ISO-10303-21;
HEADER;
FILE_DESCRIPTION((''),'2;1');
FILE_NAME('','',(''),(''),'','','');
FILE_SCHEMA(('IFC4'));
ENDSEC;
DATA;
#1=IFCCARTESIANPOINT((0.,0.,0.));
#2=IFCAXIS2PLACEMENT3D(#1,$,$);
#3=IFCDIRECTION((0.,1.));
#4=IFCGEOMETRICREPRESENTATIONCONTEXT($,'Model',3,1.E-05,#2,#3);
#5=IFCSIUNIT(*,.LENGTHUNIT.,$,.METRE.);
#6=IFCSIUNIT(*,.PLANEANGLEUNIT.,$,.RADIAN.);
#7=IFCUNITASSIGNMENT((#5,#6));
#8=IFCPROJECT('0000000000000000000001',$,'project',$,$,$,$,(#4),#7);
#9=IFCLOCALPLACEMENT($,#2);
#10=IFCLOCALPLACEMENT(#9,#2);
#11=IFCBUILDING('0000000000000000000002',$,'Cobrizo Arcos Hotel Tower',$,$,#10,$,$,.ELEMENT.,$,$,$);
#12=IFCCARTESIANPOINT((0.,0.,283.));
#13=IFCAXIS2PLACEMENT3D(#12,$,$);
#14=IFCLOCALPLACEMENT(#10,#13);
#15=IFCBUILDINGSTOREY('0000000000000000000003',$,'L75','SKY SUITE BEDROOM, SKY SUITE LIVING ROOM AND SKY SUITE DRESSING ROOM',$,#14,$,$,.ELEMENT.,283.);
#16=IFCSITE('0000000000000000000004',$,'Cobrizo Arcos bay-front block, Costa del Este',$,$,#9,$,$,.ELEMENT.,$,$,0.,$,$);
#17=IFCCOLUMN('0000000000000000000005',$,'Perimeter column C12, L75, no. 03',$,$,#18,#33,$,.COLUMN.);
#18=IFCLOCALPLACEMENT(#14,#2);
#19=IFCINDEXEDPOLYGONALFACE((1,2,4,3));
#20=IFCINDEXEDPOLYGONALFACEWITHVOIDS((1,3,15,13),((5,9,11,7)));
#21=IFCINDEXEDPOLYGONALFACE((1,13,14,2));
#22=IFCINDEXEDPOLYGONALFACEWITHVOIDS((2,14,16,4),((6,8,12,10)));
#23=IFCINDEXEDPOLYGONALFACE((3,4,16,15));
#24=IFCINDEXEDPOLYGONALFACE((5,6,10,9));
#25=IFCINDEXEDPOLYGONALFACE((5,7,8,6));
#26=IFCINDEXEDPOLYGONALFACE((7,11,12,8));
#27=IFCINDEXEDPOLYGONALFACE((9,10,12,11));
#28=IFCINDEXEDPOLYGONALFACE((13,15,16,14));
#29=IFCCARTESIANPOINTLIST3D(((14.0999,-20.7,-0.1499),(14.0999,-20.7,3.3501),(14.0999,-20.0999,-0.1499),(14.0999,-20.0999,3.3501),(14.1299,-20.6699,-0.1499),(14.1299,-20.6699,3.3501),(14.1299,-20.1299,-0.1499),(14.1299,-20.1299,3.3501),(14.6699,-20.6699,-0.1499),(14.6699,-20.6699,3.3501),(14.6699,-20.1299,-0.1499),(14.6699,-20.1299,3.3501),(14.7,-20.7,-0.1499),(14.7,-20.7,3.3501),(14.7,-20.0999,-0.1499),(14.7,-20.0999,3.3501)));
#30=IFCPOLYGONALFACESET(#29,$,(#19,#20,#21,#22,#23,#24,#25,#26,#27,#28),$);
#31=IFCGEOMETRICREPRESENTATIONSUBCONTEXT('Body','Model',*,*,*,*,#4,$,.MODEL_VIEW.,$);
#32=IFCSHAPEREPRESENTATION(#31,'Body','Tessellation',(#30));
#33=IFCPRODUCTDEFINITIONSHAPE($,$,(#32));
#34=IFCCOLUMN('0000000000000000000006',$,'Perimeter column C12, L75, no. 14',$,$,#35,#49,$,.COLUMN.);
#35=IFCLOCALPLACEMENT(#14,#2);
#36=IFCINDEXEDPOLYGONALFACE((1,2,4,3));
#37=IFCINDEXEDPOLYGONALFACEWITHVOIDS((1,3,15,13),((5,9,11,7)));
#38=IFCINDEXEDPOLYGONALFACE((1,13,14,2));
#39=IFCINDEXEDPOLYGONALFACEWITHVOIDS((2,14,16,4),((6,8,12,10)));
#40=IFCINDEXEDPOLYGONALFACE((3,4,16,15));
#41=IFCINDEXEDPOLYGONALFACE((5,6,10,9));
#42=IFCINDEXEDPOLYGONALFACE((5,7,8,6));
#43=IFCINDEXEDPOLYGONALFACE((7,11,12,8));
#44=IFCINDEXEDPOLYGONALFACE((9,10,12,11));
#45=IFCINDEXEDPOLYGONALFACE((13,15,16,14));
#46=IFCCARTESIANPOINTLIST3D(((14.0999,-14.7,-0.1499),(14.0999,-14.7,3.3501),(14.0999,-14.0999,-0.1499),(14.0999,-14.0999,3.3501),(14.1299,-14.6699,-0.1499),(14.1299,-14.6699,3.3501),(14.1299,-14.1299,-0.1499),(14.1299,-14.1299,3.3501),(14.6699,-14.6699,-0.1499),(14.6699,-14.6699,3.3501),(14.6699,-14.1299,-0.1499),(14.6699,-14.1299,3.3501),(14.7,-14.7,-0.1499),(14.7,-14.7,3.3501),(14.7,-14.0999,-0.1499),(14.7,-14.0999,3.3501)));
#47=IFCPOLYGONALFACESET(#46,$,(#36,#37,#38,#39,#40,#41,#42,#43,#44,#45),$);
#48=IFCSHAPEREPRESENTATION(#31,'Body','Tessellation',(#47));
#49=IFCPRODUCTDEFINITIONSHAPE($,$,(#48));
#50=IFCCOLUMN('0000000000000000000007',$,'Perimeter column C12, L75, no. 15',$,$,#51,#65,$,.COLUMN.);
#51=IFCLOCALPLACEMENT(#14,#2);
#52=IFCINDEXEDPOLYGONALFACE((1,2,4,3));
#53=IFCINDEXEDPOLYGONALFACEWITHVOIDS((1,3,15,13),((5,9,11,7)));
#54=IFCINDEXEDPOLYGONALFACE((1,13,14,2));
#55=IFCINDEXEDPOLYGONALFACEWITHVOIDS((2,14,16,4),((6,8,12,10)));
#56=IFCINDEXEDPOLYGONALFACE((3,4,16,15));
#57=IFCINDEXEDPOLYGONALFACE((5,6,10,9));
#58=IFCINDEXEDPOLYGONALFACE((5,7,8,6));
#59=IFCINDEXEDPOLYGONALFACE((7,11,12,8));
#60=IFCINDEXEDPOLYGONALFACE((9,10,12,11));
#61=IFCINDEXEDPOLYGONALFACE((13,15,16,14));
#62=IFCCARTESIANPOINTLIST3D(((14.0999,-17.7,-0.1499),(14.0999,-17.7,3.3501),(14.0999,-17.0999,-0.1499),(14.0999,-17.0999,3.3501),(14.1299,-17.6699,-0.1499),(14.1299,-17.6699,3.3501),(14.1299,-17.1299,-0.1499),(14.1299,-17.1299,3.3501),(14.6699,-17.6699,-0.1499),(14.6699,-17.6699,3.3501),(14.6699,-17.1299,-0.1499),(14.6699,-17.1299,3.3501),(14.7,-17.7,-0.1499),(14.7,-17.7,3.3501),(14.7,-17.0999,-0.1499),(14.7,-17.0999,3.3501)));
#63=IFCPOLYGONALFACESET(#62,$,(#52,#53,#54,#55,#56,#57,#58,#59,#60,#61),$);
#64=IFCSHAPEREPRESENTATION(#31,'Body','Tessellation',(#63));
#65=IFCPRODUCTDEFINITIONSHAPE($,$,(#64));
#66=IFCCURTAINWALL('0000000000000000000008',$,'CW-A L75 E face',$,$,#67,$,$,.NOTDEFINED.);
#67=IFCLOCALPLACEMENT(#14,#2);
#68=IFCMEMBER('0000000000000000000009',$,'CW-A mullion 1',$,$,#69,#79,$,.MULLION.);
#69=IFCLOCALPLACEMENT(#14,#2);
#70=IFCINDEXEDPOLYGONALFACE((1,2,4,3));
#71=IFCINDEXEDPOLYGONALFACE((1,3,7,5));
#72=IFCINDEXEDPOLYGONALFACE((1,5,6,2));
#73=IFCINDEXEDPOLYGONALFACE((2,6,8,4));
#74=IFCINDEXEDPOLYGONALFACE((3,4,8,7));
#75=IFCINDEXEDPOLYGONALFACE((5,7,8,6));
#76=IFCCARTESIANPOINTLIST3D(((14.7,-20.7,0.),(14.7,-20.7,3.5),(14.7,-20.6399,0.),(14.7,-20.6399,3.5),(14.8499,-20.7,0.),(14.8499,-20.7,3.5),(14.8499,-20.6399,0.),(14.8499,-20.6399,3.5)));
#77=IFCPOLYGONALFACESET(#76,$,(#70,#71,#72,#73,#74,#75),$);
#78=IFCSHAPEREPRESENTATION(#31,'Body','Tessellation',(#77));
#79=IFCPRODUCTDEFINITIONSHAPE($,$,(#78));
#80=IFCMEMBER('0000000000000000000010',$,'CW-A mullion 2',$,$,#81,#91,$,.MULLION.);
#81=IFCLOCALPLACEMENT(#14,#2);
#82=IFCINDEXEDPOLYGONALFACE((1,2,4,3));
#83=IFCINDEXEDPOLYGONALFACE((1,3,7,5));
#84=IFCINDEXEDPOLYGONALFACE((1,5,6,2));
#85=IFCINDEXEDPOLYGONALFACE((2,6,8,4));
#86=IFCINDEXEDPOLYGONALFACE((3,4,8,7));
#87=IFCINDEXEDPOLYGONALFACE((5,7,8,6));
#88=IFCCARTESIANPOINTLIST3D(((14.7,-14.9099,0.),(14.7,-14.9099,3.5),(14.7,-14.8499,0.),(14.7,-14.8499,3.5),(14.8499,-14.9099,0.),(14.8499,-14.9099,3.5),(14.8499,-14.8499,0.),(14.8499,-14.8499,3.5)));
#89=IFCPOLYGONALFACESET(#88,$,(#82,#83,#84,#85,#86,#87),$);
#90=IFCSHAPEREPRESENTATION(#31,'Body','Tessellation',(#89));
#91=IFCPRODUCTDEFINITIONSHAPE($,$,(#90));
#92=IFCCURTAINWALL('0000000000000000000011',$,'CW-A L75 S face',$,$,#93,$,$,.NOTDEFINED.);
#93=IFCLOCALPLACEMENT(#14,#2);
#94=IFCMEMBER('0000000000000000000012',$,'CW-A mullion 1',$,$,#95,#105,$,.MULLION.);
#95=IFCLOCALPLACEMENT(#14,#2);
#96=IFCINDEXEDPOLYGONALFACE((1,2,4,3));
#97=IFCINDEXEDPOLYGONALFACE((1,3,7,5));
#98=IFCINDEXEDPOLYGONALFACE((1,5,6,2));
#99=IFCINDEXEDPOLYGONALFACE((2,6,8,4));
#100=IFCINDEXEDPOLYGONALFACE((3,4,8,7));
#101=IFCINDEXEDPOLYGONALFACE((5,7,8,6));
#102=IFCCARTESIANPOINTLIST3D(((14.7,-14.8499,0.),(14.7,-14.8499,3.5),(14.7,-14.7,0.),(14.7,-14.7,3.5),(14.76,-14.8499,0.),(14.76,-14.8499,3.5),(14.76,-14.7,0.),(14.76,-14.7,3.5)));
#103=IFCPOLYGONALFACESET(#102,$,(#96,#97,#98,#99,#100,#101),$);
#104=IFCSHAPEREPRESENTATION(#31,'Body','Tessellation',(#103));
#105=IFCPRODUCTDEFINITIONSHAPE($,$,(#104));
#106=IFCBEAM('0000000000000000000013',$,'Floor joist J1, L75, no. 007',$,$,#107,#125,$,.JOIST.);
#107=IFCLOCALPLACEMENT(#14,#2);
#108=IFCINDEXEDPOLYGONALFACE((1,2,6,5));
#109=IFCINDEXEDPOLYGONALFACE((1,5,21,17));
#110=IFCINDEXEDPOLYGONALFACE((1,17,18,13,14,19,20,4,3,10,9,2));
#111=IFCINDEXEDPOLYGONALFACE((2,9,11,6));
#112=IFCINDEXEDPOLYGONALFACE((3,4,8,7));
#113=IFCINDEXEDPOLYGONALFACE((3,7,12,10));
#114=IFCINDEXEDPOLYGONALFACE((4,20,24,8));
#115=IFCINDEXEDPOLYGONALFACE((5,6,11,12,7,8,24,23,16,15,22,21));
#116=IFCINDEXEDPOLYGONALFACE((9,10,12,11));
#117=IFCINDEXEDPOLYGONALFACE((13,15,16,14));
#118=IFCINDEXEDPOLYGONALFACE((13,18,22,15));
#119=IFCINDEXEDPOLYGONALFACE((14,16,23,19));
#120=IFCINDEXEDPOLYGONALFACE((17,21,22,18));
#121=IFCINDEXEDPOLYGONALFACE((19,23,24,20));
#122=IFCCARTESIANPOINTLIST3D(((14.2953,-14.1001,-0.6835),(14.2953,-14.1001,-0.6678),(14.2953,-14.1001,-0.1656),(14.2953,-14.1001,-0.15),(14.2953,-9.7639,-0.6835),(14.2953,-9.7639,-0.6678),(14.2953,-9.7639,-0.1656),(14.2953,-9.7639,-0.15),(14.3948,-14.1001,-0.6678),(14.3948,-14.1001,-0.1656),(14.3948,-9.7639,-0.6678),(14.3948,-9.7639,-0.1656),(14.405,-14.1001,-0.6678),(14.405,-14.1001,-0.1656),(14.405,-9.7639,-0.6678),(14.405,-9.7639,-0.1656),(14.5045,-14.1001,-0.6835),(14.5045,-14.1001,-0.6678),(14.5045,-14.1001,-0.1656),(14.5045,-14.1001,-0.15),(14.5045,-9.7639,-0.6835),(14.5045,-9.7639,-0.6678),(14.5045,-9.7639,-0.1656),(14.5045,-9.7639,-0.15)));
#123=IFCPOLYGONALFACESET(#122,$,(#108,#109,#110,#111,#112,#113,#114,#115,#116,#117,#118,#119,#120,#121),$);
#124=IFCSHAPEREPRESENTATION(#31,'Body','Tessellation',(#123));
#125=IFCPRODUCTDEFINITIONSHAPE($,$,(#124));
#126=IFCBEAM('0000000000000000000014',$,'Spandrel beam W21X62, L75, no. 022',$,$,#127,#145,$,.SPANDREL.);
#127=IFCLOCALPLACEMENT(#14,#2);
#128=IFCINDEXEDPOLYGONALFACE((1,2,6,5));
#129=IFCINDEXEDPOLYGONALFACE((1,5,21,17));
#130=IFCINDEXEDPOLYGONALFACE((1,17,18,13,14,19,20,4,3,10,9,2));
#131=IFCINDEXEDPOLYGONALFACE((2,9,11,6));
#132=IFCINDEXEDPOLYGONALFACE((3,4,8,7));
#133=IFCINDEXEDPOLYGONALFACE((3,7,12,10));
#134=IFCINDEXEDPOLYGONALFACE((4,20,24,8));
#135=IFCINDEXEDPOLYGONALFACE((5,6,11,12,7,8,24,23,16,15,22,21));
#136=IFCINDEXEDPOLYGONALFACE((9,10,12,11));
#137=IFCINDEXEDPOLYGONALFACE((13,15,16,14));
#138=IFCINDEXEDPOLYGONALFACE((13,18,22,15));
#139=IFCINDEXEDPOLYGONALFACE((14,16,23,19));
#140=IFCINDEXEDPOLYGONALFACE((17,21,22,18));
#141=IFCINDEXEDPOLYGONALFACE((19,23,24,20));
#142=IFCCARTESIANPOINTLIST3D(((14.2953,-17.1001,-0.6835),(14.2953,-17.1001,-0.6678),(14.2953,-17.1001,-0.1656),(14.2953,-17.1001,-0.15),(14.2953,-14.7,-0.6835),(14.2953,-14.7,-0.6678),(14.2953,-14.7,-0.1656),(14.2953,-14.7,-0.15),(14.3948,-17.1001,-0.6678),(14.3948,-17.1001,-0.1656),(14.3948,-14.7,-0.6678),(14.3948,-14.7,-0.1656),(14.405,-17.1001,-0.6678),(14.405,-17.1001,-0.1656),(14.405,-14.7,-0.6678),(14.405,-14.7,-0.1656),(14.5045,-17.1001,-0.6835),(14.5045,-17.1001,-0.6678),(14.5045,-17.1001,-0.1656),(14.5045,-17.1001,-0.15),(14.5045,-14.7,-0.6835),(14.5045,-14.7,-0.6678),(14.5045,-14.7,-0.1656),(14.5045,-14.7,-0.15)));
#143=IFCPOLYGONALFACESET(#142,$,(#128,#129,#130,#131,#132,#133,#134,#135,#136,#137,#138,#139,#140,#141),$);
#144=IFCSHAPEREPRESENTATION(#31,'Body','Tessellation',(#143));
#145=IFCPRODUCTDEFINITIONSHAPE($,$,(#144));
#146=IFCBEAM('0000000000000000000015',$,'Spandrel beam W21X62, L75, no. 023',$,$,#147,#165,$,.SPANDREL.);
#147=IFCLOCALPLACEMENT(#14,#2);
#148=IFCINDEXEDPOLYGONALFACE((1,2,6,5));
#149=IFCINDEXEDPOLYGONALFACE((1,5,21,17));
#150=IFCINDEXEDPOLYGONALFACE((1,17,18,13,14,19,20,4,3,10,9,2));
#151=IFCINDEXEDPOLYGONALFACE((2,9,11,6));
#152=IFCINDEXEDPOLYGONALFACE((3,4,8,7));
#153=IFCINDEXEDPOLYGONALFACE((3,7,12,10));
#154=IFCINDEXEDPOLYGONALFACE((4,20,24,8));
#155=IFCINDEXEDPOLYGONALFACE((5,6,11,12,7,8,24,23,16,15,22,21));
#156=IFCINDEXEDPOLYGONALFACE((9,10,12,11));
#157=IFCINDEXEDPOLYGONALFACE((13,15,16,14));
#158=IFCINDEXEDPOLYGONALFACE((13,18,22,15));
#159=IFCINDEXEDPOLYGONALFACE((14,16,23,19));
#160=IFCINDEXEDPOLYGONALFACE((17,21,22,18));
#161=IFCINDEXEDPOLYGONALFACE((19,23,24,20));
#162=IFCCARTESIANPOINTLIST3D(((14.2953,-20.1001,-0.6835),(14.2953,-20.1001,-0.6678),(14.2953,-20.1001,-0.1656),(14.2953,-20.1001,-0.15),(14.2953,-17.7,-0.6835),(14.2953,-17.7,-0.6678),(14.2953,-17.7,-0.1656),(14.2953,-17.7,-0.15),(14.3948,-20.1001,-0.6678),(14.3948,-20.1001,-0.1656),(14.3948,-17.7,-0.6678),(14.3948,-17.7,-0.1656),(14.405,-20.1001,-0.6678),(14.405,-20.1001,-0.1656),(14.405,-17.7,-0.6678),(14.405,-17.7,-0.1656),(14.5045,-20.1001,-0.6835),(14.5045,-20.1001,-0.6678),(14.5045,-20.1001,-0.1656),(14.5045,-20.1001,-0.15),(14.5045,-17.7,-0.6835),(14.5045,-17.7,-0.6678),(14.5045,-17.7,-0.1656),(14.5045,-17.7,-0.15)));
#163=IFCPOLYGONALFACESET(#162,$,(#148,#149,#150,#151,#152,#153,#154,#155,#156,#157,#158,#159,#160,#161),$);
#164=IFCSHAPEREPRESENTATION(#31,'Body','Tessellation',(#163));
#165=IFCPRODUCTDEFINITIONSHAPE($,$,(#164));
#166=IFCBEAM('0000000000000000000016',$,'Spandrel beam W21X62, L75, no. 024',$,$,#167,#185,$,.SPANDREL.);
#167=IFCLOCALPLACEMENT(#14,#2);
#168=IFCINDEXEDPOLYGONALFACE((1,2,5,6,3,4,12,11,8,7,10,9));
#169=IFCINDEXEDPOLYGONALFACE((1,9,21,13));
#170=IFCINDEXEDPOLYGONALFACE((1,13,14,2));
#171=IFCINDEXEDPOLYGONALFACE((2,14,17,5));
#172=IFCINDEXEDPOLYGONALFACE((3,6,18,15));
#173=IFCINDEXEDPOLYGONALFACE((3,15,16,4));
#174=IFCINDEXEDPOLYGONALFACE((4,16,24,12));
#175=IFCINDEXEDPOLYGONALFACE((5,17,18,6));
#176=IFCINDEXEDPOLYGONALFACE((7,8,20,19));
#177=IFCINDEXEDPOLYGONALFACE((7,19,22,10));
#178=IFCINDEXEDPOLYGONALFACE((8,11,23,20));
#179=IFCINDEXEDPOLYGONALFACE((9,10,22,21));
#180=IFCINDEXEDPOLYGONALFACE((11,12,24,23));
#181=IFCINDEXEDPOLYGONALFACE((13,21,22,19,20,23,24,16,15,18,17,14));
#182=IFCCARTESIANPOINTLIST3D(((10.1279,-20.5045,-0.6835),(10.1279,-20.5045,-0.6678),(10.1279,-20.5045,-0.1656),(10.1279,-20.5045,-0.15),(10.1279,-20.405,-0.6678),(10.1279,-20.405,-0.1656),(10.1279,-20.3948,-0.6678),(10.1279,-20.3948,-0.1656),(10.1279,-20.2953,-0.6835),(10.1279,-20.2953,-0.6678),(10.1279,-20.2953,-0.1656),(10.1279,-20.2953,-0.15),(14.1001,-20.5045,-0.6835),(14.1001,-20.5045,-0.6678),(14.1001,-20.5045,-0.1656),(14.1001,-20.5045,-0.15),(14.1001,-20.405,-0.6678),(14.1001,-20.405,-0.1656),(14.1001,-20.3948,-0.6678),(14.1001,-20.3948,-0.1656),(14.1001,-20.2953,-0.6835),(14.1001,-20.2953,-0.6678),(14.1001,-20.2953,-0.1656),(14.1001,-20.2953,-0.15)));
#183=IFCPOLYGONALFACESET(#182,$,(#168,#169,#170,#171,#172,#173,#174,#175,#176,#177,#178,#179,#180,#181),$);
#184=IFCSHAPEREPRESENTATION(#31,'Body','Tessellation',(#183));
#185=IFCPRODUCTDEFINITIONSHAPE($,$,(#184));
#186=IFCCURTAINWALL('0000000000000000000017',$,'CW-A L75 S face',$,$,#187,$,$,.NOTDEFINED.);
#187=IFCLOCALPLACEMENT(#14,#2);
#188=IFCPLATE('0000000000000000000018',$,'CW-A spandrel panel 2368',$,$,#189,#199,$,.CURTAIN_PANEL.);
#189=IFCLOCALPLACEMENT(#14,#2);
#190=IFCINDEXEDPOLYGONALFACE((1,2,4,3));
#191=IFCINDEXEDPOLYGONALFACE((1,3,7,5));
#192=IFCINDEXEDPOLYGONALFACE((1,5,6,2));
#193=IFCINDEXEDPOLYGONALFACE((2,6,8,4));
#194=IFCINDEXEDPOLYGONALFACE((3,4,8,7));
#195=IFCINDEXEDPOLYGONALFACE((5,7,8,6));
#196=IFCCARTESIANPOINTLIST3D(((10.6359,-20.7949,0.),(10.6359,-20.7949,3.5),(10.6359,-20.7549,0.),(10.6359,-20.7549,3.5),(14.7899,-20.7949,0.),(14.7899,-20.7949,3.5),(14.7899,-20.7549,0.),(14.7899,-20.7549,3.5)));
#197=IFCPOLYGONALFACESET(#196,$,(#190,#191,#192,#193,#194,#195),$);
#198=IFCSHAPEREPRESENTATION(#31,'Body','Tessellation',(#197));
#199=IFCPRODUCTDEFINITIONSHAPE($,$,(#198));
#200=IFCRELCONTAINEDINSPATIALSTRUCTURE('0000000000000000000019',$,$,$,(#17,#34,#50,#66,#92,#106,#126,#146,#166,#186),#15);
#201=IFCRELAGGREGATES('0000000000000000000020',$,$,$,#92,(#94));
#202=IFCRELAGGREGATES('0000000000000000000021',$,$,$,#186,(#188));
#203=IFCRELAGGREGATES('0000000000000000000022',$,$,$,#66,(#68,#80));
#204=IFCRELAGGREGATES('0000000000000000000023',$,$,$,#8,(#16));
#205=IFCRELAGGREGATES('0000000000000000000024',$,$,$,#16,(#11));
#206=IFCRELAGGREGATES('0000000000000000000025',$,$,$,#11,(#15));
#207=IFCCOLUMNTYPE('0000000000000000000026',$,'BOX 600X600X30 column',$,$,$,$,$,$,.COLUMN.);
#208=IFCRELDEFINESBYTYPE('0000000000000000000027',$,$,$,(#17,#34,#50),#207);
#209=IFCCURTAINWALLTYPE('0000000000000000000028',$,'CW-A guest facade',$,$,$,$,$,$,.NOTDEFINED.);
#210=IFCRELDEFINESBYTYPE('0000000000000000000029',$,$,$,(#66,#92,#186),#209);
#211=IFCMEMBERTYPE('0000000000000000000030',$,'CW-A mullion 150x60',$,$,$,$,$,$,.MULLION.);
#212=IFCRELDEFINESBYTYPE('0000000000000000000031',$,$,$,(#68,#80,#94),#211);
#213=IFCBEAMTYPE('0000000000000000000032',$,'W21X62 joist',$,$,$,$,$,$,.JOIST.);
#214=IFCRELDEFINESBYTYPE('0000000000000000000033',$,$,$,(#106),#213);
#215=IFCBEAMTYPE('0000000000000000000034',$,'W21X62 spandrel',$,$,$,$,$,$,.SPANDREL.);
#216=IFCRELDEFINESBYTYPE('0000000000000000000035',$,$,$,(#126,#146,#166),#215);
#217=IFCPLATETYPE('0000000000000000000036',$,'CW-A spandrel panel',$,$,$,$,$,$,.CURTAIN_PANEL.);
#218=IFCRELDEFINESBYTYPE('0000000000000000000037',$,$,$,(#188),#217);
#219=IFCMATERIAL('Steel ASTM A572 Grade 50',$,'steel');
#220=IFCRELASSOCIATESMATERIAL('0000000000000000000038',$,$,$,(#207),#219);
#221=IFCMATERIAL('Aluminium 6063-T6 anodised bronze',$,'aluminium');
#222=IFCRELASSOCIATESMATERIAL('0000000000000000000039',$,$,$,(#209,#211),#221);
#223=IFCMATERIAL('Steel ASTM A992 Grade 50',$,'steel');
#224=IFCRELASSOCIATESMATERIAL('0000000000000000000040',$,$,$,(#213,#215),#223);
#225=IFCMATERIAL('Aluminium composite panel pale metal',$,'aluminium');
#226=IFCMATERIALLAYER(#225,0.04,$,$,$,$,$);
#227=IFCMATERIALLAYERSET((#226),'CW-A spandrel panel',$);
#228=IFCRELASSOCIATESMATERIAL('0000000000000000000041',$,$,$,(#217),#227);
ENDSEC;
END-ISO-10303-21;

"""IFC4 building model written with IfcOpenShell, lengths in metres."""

from ifc_helpers import new_model, si_unit, direction, frame, origin, origin_2d, place, context, subcontext, project, spatial, rectangle, hollow_rectangle, i_section, extrude, material, layer, layer_set, material_profile, profile_set, type_object, element, aggregate, save


model = new_model("IFC4")

# Units and contexts
model_context = context("Model", 3, precision=1e-05, world=origin(), true_north=direction((0.0, 1.0)))
body_context = subcontext(model_context, "Body", "Model", "MODEL_VIEW")
ifc_project = project(units=[si_unit("LENGTHUNIT", "METRE"), si_unit("PLANEANGLEUNIT", "RADIAN")], contexts=[model_context])

# Site, building, storey
site_placement = place(None, origin())
site = spatial("IfcSite", under=ifc_project, at=site_placement, Name="Cobrizo Arcos bay-front block, Costa del Este", CompositionType="ELEMENT", RefElevation=0.0)
building_placement = place(site_placement, origin())
building = spatial("IfcBuilding", under=site, at=building_placement, Name="Cobrizo Arcos Hotel Tower", CompositionType="ELEMENT")
storey_placement = place(building_placement, frame((0.0, 0.0, 283.0)))
storey = spatial("IfcBuildingStorey", under=building, at=storey_placement, Name="L75", Description="SKY SUITE BEDROOM, SKY SUITE LIVING ROOM AND SKY SUITE DRESSING ROOM", CompositionType="ELEMENT", Elevation=283.0)

# Columns
ifc_material_1 = material(Name="Steel ASTM A572 Grade 50", Category="steel")
ifc_material_profile_1 = material_profile(ifc_material_1, hollow_rectangle(XDim=0.6001, YDim=0.6001, WallThickness=0.03, at=origin_2d()), Name="BOX 600X600X30")
ifc_profile_set_1 = profile_set([ifc_material_profile_1], Name="Steel ASTM A572 Grade 50")
column_type = type_object("IfcColumnType", Name="BOX 600X600X30 column", PredefinedType="COLUMN", material=ifc_profile_set_1)
for number, where, z_axis, x_axis, name in (
    (1, (14.3999, -20.3999, -0.1499), (0.0, 0.0, 1.0), (1.0, 0.0, 0.0), "Perimeter column C12, L75, no. 03"),
    (2, (14.3999, -14.3999, -0.1499), (0.0, 0.0, 1.0), (1.0, 0.0, 0.0), "Perimeter column C12, L75, no. 14"),
    (3, (14.3999, -17.3999, -0.1499), (0.0, 0.0, 1.0), (1.0, 0.0, 0.0), "Perimeter column C12, L75, no. 15"),
):
    element("IfcColumn", number, at=place(storey_placement, frame(where, z_axis=z_axis, x_axis=x_axis)), inside=storey, type_object=column_type, Name=name, PredefinedType="COLUMN", context=body_context, shape_type="SweptSolid", body=[
        extrude(hollow_rectangle(XDim=0.6001, YDim=0.6001, WallThickness=0.03, at=origin_2d()), origin(), (0.0, 0.0, 1.0), 3.5),
    ])

# Curtain wall, members
ifc_material_2 = material(Name="Aluminium 6063-T6 anodised bronze", Category="aluminium")
curtain_wall_type = type_object("IfcCurtainWallType", Name="CW-A guest facade", PredefinedType="NOTDEFINED", material=ifc_material_2)
curtain_wall_1_placement = place(storey_placement, origin())
curtain_wall_1 = element("IfcCurtainWall", 4, at=curtain_wall_1_placement, inside=storey, type_object=curtain_wall_type, Name="CW-A L75 E face", PredefinedType="NOTDEFINED")
ifc_material_profile_2 = material_profile(ifc_material_2, rectangle(XDim=0.1499, YDim=0.0601, at=origin_2d()), Name="CW-A mullion 150x60")
ifc_profile_set_2 = profile_set([ifc_material_profile_2], Name="Aluminium 6063-T6 anodised bronze")
member_type = type_object("IfcMemberType", Name="CW-A mullion 150x60", PredefinedType="MULLION", material=ifc_profile_set_2)
member_1_placement = place(storey_placement, frame((14.7749, -20.6699, 0.0), z_axis=(0.0, 0.0, 1.0), x_axis=(1.0, 0.0, 0.0)))
member_1 = element("IfcMember", 5, at=member_1_placement, type_object=member_type, Name="CW-A mullion 1", PredefinedType="MULLION", context=body_context, shape_type="SweptSolid", body=[
    extrude(rectangle(XDim=0.1499, YDim=0.0601, at=origin_2d()), origin(), (0.0, 0.0, 1.0), 3.5),
])
member_2_placement = place(storey_placement, frame((14.7749, -14.8799, 0.0), z_axis=(0.0, 0.0, 1.0), x_axis=(1.0, 0.0, 0.0)))
member_2 = element("IfcMember", 6, at=member_2_placement, type_object=member_type, Name="CW-A mullion 2", PredefinedType="MULLION", context=body_context, shape_type="SweptSolid", body=[
    extrude(rectangle(XDim=0.1499, YDim=0.0601, at=origin_2d()), origin(), (0.0, 0.0, 1.0), 3.5),
])

# Curtain wall, member
curtain_wall_2_placement = place(storey_placement, origin())
curtain_wall_2 = element("IfcCurtainWall", 7, at=curtain_wall_2_placement, inside=storey, type_object=curtain_wall_type, Name="CW-A L75 S face", PredefinedType="NOTDEFINED")
member_3_placement = place(storey_placement, frame((14.73, -14.7749, 0.0), z_axis=(0.0, 0.0, 1.0), x_axis=(0.0, -1.0, 0.0)))
member_3 = element("IfcMember", 8, at=member_3_placement, type_object=member_type, Name="CW-A mullion 1", PredefinedType="MULLION", context=body_context, shape_type="SweptSolid", body=[
    extrude(rectangle(XDim=0.1499, YDim=0.0601, at=origin_2d()), origin(), (0.0, 0.0, 1.0), 3.5),
])
aggregate(curtain_wall_2, [member_3])

# Beams
ifc_material_3 = material(Name="Steel ASTM A992 Grade 50", Category="steel")
ifc_material_profile_3 = material_profile(ifc_material_3, i_section(OverallWidth=0.2092, OverallDepth=0.5334, WebThickness=0.0103, FlangeThickness=0.0156, at=origin_2d()), Name="W21X62")
ifc_profile_set_3 = profile_set([ifc_material_profile_3], Name="Steel ASTM A992 Grade 50")
beam_type_1 = type_object("IfcBeamType", Name="W21X62 joist", PredefinedType="JOIST", material=ifc_profile_set_3)
beam_1_placement = place(storey_placement, frame((14.3999, -14.1001, -0.4167), z_axis=(0.0, 1.0, 0.0), x_axis=(-1.0, 0.0, 0.0)))
element("IfcBeam", 9, at=beam_1_placement, inside=storey, type_object=beam_type_1, Name="Floor joist J1, L75, no. 007", PredefinedType="JOIST", context=body_context, shape_type="SweptSolid", body=[
    extrude(i_section(OverallWidth=0.2092, OverallDepth=0.5334, WebThickness=0.0103, FlangeThickness=0.0156, at=origin_2d()), origin(), (0.0, 0.0, 1.0), 4.3362),
])
ifc_material_profile_4 = material_profile(ifc_material_3, i_section(OverallWidth=0.2092, OverallDepth=0.5334, WebThickness=0.0103, FlangeThickness=0.0156, at=origin_2d()), Name="W21X62")
ifc_profile_set_4 = profile_set([ifc_material_profile_4], Name="Steel ASTM A992 Grade 50")
beam_type_2 = type_object("IfcBeamType", Name="W21X62 spandrel", PredefinedType="SPANDREL", material=ifc_profile_set_4)
for number, where, z_axis, x_axis, name in (
    (10, (14.3999, -14.7, -0.4167), (0.0, -1.0, 0.0), (1.0, 0.0, 0.0), "Spandrel beam W21X62, L75, no. 022"),
    (11, (14.3999, -17.7, -0.4167), (0.0, -1.0, 0.0), (1.0, 0.0, 0.0), "Spandrel beam W21X62, L75, no. 023"),
):
    element("IfcBeam", number, at=place(storey_placement, frame(where, z_axis=z_axis, x_axis=x_axis)), inside=storey, type_object=beam_type_2, Name=name, PredefinedType="SPANDREL", context=body_context, shape_type="SweptSolid", body=[
        extrude(i_section(OverallWidth=0.2092, OverallDepth=0.5334, WebThickness=0.0103, FlangeThickness=0.0156, at=origin_2d()), origin(), (0.0, 0.0, 1.0), 2.4001),
    ])
beam_2_placement = place(storey_placement, frame((14.1001, -20.3999, -0.4167), z_axis=(-1.0, 0.0, 0.0), x_axis=(0.0, -1.0, 0.0)))
element("IfcBeam", 12, at=beam_2_placement, inside=storey, type_object=beam_type_2, Name="Spandrel beam W21X62, L75, no. 024", PredefinedType="SPANDREL", context=body_context, shape_type="SweptSolid", body=[
    extrude(i_section(OverallWidth=0.2092, OverallDepth=0.5334, WebThickness=0.0103, FlangeThickness=0.0156, at=origin_2d()), origin(), (0.0, 0.0, 1.0), 3.9722),
])

# Curtain wall, plate
curtain_wall_3_placement = place(storey_placement, origin())
curtain_wall_3 = element("IfcCurtainWall", 13, at=curtain_wall_3_placement, inside=storey, type_object=curtain_wall_type, Name="CW-A L75 S face", PredefinedType="NOTDEFINED")
ifc_material_4 = material(Name="Aluminium composite panel pale metal", Category="aluminium")
ifc_layer_1 = layer(ifc_material_4, 0.04)
ifc_layer_set_1 = layer_set([ifc_layer_1], Name="CW-A spandrel panel")
plate_type = type_object("IfcPlateType", Name="CW-A spandrel panel", PredefinedType="CURTAIN_PANEL", material=ifc_layer_set_1)
plate_1_placement = place(storey_placement, frame((12.7129, -20.7749, 0.0), z_axis=(0.0, 0.0, 1.0), x_axis=(1.0, 0.0, 0.0)))
plate_1 = element("IfcPlate", 14, at=plate_1_placement, type_object=plate_type, Name="CW-A spandrel panel 2368", PredefinedType="CURTAIN_PANEL", context=body_context, shape_type="SweptSolid", body=[
    extrude(rectangle(XDim=4.1541, YDim=0.04, at=origin_2d()), origin(), (0.0, 0.0, 1.0), 3.5),
])
aggregate(curtain_wall_3, [plate_1])

aggregate(curtain_wall_1, [member_1, member_2])

save(model, "model.ifc")
